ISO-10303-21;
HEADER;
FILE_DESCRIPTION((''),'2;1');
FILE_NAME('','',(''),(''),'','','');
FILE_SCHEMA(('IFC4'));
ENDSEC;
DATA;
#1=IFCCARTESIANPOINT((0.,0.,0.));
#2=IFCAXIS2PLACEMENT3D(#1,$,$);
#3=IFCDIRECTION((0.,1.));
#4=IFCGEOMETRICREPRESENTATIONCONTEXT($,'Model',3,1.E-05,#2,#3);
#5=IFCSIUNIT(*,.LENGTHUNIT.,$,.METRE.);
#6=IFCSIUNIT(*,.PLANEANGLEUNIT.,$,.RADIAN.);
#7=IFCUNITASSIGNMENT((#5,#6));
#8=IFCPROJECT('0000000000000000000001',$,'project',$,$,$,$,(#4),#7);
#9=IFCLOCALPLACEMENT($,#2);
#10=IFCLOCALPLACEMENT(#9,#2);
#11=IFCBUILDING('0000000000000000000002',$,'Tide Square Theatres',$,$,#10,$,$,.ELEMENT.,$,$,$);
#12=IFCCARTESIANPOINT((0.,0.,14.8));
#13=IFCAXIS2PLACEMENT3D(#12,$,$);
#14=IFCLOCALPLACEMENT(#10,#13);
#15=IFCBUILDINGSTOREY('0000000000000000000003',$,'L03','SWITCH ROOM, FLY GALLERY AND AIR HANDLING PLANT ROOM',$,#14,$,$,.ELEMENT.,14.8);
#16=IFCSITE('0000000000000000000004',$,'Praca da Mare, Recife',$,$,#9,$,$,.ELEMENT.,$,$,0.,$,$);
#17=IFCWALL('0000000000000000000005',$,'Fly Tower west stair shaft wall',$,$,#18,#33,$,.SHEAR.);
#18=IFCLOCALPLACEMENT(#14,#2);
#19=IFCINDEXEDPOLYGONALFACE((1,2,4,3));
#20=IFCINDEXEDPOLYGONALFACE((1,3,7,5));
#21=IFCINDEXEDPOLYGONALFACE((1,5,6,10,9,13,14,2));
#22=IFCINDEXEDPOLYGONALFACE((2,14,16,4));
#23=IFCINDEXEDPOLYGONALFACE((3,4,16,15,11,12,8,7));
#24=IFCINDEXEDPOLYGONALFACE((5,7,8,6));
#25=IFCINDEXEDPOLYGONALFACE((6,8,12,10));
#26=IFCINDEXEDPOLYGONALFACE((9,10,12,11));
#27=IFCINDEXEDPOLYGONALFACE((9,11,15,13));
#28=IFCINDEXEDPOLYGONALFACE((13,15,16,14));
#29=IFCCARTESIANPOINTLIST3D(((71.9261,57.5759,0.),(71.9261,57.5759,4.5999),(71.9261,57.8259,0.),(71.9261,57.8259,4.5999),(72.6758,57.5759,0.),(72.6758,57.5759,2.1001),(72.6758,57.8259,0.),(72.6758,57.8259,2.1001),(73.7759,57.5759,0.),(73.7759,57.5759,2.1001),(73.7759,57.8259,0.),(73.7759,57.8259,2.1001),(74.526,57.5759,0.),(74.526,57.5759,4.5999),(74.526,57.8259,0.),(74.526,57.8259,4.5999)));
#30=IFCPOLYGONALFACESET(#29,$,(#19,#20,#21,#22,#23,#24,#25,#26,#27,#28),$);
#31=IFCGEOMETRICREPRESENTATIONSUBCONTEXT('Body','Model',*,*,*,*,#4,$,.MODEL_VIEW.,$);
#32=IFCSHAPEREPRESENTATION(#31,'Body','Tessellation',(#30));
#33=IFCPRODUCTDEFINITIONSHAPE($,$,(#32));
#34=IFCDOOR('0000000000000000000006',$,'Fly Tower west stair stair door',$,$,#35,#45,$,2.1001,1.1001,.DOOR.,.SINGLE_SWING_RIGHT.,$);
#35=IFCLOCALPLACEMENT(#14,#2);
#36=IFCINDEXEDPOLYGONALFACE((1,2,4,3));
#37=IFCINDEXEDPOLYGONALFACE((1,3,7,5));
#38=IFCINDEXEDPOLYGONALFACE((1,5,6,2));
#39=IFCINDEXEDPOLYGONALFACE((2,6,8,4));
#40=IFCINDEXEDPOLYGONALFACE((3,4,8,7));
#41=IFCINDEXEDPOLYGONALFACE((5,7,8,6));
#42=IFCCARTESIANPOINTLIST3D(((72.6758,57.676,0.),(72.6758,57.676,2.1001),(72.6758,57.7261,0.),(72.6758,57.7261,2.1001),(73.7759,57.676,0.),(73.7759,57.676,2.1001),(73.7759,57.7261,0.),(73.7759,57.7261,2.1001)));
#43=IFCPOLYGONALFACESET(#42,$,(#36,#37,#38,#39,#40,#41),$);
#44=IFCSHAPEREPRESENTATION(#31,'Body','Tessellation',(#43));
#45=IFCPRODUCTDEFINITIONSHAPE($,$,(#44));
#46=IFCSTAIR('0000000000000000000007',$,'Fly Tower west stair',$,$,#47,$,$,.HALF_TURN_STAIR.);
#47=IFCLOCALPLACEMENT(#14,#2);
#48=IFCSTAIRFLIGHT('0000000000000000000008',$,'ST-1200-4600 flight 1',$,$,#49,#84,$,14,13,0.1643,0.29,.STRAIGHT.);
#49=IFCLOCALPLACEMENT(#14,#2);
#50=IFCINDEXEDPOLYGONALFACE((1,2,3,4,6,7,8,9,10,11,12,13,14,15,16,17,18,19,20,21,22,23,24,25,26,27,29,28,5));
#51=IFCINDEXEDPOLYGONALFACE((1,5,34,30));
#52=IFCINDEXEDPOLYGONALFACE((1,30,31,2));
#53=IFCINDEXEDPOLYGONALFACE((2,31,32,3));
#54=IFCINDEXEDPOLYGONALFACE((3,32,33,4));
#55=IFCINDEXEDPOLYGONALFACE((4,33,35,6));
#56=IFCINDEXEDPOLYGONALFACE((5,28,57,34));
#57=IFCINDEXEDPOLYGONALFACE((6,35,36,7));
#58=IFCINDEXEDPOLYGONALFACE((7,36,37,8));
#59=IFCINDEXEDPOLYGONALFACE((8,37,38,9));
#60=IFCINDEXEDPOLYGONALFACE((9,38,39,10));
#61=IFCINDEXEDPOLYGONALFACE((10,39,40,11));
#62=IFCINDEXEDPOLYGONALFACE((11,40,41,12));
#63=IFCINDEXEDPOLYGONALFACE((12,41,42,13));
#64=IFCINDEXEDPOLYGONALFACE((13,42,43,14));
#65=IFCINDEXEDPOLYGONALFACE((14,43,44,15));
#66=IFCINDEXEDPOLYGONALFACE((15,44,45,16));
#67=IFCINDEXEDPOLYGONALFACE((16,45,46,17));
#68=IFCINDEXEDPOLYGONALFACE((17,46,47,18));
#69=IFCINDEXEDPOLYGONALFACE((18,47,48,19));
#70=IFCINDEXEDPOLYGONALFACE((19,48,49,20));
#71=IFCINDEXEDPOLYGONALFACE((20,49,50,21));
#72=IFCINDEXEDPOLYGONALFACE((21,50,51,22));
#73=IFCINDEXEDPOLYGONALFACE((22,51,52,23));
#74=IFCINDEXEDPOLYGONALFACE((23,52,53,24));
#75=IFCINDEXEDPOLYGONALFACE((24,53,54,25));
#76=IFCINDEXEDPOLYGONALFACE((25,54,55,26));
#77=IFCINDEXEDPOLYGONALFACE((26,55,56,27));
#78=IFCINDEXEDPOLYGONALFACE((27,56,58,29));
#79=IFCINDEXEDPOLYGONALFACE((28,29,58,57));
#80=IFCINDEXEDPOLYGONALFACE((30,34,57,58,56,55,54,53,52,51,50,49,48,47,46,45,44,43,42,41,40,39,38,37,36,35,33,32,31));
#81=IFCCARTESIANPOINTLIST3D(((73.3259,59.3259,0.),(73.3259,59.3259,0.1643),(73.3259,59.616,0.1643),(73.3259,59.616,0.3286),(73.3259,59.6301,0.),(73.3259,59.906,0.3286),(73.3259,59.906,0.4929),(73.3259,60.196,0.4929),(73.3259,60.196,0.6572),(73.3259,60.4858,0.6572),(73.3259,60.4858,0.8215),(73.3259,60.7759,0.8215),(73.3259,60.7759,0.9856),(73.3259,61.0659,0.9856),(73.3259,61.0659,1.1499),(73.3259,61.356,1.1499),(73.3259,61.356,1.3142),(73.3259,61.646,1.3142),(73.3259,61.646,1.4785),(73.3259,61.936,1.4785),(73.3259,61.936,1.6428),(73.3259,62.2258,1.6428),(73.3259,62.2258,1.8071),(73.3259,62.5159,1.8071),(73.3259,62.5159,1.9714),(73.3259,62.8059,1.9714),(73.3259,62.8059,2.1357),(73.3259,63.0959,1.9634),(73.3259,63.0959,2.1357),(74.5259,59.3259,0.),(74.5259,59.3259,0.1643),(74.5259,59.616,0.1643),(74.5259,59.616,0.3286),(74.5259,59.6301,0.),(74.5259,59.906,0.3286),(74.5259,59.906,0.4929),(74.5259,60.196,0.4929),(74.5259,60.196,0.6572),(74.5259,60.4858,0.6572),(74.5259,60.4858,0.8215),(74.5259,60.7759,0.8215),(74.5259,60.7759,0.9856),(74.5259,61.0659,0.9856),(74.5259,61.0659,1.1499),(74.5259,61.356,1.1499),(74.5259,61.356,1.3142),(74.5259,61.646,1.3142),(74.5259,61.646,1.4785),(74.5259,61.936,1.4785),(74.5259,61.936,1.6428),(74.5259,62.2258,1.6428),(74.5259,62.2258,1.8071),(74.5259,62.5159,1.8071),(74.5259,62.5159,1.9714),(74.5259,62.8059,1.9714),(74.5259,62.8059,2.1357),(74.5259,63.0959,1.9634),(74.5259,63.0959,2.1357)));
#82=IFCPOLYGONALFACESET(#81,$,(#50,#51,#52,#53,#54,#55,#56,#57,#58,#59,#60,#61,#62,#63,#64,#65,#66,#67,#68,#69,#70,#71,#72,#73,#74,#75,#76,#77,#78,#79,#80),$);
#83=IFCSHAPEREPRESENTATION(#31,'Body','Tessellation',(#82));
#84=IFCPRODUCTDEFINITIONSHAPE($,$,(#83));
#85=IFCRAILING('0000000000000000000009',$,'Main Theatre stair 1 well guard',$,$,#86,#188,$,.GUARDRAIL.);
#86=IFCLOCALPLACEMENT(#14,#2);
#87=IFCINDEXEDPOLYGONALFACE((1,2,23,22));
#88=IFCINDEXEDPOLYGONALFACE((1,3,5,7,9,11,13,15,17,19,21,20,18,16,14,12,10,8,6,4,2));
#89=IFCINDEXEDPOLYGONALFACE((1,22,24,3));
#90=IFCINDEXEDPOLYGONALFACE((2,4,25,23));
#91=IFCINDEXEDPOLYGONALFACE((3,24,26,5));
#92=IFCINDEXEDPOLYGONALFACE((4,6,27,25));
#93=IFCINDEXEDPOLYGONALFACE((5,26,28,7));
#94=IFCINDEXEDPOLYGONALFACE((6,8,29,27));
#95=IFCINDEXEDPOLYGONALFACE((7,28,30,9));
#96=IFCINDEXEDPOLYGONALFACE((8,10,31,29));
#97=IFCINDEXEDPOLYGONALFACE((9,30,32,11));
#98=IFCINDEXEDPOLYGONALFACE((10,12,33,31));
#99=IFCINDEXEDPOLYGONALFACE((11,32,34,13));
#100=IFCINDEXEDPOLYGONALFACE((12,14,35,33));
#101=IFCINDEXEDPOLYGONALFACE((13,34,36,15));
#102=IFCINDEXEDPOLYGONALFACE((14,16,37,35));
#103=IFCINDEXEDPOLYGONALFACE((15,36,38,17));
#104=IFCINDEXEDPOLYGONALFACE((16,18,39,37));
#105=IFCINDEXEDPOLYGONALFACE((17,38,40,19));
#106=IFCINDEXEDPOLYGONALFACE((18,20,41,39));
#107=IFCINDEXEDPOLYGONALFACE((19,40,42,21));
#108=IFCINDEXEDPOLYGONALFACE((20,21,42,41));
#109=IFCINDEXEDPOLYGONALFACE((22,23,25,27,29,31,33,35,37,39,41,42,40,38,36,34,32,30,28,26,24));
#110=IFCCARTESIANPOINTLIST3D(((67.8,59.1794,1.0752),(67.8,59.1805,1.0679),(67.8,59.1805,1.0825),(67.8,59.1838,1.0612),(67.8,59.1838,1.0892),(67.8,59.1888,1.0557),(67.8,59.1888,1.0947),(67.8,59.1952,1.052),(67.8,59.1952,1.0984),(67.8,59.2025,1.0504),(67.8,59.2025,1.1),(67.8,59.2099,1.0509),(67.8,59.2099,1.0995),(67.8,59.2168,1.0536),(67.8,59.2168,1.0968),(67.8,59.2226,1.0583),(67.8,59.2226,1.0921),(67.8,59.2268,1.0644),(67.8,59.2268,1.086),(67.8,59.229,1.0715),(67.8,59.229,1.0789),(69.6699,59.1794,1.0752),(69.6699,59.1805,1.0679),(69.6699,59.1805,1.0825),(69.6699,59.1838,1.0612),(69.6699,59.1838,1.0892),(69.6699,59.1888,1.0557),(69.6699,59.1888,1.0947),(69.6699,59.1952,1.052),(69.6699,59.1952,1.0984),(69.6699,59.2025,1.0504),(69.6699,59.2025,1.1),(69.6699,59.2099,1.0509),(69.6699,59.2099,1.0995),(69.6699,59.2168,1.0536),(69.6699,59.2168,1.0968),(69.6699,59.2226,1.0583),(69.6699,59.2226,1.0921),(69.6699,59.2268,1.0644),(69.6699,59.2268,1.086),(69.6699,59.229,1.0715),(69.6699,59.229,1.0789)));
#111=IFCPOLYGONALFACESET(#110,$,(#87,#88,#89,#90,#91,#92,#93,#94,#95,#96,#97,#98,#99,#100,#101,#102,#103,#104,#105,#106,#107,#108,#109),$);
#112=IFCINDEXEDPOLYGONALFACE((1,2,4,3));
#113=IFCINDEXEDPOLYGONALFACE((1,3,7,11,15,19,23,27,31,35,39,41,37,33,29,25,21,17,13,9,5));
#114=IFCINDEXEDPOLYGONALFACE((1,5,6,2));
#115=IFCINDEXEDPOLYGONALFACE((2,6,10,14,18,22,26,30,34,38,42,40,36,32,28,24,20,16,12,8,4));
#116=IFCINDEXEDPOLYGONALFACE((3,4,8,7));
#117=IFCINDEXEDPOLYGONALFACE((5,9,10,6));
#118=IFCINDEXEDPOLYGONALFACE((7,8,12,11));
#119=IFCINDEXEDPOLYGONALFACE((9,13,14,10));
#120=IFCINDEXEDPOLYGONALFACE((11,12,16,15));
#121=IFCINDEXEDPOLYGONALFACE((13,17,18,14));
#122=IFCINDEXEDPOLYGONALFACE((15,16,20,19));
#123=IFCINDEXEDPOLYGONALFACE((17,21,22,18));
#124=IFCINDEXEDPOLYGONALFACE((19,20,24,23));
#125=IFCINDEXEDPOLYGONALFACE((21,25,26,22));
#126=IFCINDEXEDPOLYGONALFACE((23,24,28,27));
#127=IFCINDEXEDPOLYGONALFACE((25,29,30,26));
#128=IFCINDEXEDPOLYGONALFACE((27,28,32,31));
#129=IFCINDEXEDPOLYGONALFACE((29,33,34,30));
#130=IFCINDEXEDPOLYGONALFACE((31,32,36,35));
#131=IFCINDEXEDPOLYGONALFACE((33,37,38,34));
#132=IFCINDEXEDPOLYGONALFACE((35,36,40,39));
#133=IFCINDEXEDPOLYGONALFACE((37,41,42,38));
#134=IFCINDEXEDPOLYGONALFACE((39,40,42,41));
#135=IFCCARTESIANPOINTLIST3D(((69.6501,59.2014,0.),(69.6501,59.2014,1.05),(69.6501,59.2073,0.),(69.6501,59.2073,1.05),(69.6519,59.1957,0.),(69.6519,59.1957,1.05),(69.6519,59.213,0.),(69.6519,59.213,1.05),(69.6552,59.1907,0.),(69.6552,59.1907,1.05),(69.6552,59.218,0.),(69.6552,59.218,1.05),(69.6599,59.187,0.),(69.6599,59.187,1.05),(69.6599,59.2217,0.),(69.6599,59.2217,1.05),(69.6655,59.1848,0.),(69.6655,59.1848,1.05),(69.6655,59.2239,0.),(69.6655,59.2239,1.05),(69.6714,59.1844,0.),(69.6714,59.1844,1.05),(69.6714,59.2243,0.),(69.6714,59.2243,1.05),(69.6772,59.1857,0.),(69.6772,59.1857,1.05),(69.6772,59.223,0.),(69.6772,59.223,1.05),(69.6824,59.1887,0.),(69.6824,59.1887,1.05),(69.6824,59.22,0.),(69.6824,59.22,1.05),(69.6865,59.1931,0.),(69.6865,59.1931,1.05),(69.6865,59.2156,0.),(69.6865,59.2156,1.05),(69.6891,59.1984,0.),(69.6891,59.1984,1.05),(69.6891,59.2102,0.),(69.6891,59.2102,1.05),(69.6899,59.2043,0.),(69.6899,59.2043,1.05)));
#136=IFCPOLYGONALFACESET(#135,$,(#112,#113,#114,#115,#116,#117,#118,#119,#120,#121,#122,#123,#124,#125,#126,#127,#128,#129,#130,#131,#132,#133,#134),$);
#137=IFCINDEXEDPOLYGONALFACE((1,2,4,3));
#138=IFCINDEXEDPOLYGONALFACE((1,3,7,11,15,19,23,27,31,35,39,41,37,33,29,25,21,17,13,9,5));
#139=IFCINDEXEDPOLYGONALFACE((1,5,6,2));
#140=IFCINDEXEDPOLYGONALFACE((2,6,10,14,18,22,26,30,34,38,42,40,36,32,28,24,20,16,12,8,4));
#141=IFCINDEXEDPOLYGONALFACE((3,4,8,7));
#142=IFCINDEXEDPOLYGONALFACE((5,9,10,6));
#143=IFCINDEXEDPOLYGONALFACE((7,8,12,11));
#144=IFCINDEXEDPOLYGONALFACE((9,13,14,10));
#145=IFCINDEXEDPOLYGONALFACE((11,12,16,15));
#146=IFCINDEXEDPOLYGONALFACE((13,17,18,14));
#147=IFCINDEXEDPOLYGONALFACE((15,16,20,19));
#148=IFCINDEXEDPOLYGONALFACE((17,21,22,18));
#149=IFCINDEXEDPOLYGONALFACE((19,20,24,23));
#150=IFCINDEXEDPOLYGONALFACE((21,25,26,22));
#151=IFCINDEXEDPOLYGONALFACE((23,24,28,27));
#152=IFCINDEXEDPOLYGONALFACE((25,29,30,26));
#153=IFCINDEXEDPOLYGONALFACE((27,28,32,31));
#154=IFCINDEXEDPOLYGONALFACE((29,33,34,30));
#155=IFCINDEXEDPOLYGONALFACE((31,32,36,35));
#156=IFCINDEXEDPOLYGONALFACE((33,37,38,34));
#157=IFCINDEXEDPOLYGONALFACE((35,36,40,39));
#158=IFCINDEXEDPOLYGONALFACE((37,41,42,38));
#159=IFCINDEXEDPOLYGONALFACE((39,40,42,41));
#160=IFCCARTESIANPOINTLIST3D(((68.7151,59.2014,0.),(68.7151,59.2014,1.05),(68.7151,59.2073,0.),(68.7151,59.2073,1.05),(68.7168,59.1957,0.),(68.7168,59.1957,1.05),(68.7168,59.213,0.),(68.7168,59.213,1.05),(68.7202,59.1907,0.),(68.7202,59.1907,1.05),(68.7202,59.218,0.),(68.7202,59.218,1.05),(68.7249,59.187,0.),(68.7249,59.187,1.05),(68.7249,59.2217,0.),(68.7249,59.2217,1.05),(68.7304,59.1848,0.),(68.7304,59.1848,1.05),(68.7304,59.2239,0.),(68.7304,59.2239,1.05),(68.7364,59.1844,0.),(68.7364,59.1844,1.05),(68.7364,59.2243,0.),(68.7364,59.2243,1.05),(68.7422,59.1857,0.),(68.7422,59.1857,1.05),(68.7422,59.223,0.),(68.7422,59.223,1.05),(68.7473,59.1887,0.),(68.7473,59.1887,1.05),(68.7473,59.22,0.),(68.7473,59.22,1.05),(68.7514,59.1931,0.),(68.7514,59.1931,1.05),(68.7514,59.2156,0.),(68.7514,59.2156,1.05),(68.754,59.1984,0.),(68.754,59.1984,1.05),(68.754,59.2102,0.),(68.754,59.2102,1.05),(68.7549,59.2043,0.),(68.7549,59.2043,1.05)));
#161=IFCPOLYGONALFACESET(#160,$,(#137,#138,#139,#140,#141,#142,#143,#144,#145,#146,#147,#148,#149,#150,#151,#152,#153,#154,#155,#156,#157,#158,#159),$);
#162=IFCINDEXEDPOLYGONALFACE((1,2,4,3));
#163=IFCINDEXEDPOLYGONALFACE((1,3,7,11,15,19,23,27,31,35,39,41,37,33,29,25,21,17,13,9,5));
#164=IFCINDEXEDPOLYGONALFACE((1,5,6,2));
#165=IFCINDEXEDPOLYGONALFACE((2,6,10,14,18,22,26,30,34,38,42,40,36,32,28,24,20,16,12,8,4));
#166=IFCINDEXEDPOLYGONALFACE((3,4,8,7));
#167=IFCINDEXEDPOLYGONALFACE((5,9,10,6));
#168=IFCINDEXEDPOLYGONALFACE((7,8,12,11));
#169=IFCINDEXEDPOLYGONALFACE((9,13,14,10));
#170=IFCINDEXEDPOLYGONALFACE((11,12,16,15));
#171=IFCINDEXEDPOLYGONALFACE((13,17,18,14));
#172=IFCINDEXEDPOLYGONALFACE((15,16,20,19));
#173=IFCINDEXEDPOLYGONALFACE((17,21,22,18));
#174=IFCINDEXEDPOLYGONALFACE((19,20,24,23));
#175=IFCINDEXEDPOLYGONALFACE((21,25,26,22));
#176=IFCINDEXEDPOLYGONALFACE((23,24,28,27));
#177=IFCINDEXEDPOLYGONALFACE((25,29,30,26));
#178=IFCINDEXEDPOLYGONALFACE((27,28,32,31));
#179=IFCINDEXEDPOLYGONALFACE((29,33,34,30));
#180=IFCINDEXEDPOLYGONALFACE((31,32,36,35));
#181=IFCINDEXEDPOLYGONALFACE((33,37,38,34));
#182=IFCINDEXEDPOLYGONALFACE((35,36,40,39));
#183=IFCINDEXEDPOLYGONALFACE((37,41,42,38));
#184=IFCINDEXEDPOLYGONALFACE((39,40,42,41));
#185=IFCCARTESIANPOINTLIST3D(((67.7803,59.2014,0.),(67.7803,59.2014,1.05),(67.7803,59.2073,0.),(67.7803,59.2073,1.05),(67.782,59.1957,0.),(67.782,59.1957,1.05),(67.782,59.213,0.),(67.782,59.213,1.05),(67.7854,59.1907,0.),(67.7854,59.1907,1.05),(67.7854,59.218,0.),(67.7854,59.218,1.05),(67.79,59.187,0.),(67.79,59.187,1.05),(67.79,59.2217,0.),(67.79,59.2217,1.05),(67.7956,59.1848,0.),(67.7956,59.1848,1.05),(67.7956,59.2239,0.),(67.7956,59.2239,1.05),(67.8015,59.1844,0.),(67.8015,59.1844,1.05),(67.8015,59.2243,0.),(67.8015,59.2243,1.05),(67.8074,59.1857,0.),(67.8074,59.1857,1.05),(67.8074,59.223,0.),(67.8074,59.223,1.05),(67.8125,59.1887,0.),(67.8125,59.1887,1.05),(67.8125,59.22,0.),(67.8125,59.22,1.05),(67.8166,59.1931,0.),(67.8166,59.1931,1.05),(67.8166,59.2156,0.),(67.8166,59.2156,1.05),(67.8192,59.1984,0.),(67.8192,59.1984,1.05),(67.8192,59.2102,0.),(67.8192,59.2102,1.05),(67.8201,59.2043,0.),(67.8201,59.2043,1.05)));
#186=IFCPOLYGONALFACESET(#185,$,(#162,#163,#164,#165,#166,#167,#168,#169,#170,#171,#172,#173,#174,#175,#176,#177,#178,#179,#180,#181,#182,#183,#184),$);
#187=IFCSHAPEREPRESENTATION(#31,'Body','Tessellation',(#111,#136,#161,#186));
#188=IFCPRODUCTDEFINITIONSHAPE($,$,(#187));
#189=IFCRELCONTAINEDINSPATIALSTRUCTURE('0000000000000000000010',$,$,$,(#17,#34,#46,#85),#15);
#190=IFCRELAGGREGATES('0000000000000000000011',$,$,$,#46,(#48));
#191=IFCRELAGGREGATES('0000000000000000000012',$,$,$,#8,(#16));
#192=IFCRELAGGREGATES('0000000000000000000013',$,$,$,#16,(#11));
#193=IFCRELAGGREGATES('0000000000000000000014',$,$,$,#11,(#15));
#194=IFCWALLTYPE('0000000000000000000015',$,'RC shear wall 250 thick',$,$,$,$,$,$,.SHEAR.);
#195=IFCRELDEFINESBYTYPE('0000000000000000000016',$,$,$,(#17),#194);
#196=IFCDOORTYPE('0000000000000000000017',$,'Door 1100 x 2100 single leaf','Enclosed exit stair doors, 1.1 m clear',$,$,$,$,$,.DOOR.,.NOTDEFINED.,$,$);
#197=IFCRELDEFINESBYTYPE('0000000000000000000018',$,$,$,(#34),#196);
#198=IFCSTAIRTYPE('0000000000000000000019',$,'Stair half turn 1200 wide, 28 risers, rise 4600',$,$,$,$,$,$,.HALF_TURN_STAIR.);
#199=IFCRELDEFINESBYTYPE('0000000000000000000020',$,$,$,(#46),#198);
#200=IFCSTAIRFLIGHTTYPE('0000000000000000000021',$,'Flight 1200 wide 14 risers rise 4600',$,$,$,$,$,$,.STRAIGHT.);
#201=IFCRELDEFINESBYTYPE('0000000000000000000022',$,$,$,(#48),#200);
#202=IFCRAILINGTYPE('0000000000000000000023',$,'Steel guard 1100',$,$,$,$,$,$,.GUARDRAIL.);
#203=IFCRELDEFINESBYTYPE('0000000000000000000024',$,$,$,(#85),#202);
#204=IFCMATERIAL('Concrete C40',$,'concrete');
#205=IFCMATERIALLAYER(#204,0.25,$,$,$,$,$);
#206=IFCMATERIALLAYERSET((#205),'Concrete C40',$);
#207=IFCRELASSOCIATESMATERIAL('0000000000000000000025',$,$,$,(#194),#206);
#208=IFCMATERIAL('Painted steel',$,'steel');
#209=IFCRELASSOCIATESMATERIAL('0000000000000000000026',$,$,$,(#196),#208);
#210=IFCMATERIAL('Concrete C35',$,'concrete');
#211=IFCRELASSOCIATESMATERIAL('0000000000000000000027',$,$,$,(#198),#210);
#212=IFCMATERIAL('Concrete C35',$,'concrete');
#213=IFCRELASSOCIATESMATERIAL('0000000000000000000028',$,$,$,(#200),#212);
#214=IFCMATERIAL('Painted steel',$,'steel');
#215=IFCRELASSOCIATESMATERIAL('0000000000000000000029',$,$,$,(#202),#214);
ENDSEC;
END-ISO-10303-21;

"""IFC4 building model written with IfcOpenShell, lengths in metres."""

from ifc_helpers import new_model, si_unit, direction, frame, frame_2d, origin, origin_2d, place, context, subcontext, project, spatial, polyline, rectangle, circle, outline, extrude, material, layer, layer_set, type_object, element, fill, aggregate, save


model = new_model("IFC4")

# Units and contexts
model_context = context("Model", 3, precision=1e-05, world=origin(), true_north=direction((0.0, 1.0)))
body_context = subcontext(model_context, "Body", "Model", "MODEL_VIEW")
ifc_project = project(units=[si_unit("LENGTHUNIT", "METRE"), si_unit("PLANEANGLEUNIT", "RADIAN")], contexts=[model_context])

# Site, building, storey
site_placement = place(None, origin())
site = spatial("IfcSite", under=ifc_project, at=site_placement, Name="Praca da Mare, Recife", CompositionType="ELEMENT", RefElevation=0.0)
building_placement = place(site_placement, origin())
building = spatial("IfcBuilding", under=site, at=building_placement, Name="Tide Square Theatres", CompositionType="ELEMENT")
storey_placement = place(building_placement, frame((0.0, 0.0, 14.8)))
storey = spatial("IfcBuildingStorey", under=building, at=storey_placement, Name="L03", Description="SWITCH ROOM, FLY GALLERY AND AIR HANDLING PLANT ROOM", CompositionType="ELEMENT", Elevation=14.8)

# Shared definitions
ifc_material_1 = material(Name="Concrete C40", Category="concrete")
ifc_layer_1 = layer(ifc_material_1, 0.25)
ifc_layer_set_1 = layer_set([ifc_layer_1], Name="Concrete C40")
wall_type = type_object("IfcWallType", Name="RC shear wall 250 thick", PredefinedType="SHEAR", material=ifc_layer_set_1)

# Shared definitions
ifc_material_2 = material(Name="Painted steel", Category="steel")
door_type = type_object("IfcDoorType", Name="Door 1100 x 2100 single leaf", Description="Enclosed exit stair doors, 1.1 m clear", OperationType="NOTDEFINED", PredefinedType="DOOR", material=ifc_material_2)

# Wall, opening, door
wall_1_placement = place(storey_placement, frame((74.5259, 57.7009, 0.0), z_axis=(0.0, 0.0, 1.0), x_axis=(-1.0, 0.0, 0.0)))
wall_1 = element("IfcWall", 1, at=wall_1_placement, inside=storey, type_object=wall_type, Name="Fly Tower west stair shaft wall", PredefinedType="SHEAR", context=body_context, shape_type="SweptSolid", body=[
    extrude(rectangle(XDim=2.5999, YDim=0.25, at=frame_2d((1.2998, 0.0))), origin(), (0.0, 0.0, 1.0), 4.5999),
])
opening_1_placement = place(wall_1_placement, frame((0.75, 0.0, 0.0)))
opening_1 = element("IfcOpeningElement", 2, at=opening_1_placement, cuts=wall_1, PredefinedType="OPENING", context=body_context, shape_type="SweptSolid", body=[
    extrude(rectangle(XDim=1.1001, YDim=2.1001, at=frame_2d((0.55, 1.05))), frame((0.0, 0.135, 0.0), z_axis=(0.0, -1.0, 0.0), x_axis=(1.0, 0.0, 0.0)), (0.0, 0.0, 1.0), 0.27),
])
door_1_placement = place(opening_1_placement, origin())
door_1 = element("IfcDoor", 3, at=door_1_placement, inside=storey, type_object=door_type, Name="Fly Tower west stair stair door", OperationType="SINGLE_SWING_RIGHT", OverallHeight=2.1001, OverallWidth=1.1001, PredefinedType="DOOR", context=body_context, shape_type="SweptSolid", body=[
    extrude(rectangle(XDim=1.1001, YDim=2.1001, at=frame_2d((0.55, 1.05))), frame((0.0, 0.0249, 0.0), z_axis=(0.0, -1.0, 0.0), x_axis=(1.0, 0.0, 0.0)), (0.0, 0.0, 1.0), 0.05),
])
fill(opening_1, door_1)

# Stair, stair flight
ifc_material_3 = material(Name="Concrete C35", Category="concrete")
stair_type = type_object("IfcStairType", Name="Stair half turn 1200 wide, 28 risers, rise 4600", PredefinedType="HALF_TURN_STAIR", material=ifc_material_3)
stair_placement = place(storey_placement, origin())
stair = element("IfcStair", 4, at=stair_placement, inside=storey, type_object=stair_type, Name="Fly Tower west stair", PredefinedType="HALF_TURN_STAIR")
ifc_material_4 = material(Name="Concrete C35", Category="concrete")
stair_flight_type = type_object("IfcStairFlightType", Name="Flight 1200 wide 14 risers rise 4600", PredefinedType="STRAIGHT", material=ifc_material_4)
stair_flight_placement = place(storey_placement, frame((73.926, 59.3259, 0.0), z_axis=(0.0, 0.0, 1.0), x_axis=(0.0, 1.0, 0.0)))
stair_flight = element("IfcStairFlight", 5, at=stair_flight_placement, type_object=stair_flight_type, Name="ST-1200-4600 flight 1", NumberOfRisers=14, NumberOfTreads=13, PredefinedType="STRAIGHT", RiserHeight=0.1643, TreadLength=0.29, context=body_context, shape_type="SweptSolid", body=[
    extrude(outline(polyline([(0.0, 0.0), (0.0, 0.1643), (0.29, 0.1643), (0.29, 0.3286), (0.5801, 0.3286), (0.5801, 0.4929), (0.8701, 0.4929), (0.8701, 0.6572), (1.1599, 0.6572), (1.1599, 0.8215), (1.45, 0.8215), (1.45, 0.9856), (1.74, 0.9856), (1.74, 1.1499), (2.03, 1.1499), (2.03, 1.3142), (2.3201, 1.3142), (2.3201, 1.4785), (2.6101, 1.4785), (2.6101, 1.6428), (2.8999, 1.6428), (2.8999, 1.8071), (3.1899, 1.8071), (3.1899, 1.9714), (3.48, 1.9714), (3.48, 2.1357), (3.77, 2.1357), (3.77, 2.3), (3.77, 1.9634), (0.3042, 0.0), (0.0, 0.0)])), frame((0.0, 0.6001, 0.0), z_axis=(0.0, -1.0, 0.0), x_axis=(1.0, 0.0, 0.0)), (0.0, 0.0, 1.0), 1.2),
])
aggregate(stair, [stair_flight])

# Railing
ifc_material_5 = material(Name="Painted steel", Category="steel")
railing_type_1 = type_object("IfcRailingType", Name="Steel guard 1100", PredefinedType="GUARDRAIL", material=ifc_material_5)
railing_1_placement = place(storey_placement, frame((69.6699, 59.2043, 0.0)))
element("IfcRailing", 6, at=railing_1_placement, inside=storey, type_object=railing_type_1, Name="Main Theatre stair 1 well guard", PredefinedType="GUARDRAIL", context=body_context, shape_type="SweptSolid", body=[
    extrude(circle(Radius=0.0249, at=origin_2d()), frame((0.0, 0.0, 1.0752), z_axis=(-1.0, 0.0, 0.0), x_axis=(0.0, -1.0, 0.0)), (0.0, 0.0, 1.0), 1.8699),
    extrude(circle(Radius=0.02, at=origin_2d()), origin(), (0.0, 0.0, 1.0), 1.05),
    extrude(circle(Radius=0.02, at=origin_2d()), frame((-0.9351, 0.0, 0.0)), (0.0, 0.0, 1.0), 1.05),
    extrude(circle(Radius=0.02, at=origin_2d()), frame((-1.8699, 0.0, 0.0)), (0.0, 0.0, 1.0), 1.05),
])

save(model, "model.ifc")
